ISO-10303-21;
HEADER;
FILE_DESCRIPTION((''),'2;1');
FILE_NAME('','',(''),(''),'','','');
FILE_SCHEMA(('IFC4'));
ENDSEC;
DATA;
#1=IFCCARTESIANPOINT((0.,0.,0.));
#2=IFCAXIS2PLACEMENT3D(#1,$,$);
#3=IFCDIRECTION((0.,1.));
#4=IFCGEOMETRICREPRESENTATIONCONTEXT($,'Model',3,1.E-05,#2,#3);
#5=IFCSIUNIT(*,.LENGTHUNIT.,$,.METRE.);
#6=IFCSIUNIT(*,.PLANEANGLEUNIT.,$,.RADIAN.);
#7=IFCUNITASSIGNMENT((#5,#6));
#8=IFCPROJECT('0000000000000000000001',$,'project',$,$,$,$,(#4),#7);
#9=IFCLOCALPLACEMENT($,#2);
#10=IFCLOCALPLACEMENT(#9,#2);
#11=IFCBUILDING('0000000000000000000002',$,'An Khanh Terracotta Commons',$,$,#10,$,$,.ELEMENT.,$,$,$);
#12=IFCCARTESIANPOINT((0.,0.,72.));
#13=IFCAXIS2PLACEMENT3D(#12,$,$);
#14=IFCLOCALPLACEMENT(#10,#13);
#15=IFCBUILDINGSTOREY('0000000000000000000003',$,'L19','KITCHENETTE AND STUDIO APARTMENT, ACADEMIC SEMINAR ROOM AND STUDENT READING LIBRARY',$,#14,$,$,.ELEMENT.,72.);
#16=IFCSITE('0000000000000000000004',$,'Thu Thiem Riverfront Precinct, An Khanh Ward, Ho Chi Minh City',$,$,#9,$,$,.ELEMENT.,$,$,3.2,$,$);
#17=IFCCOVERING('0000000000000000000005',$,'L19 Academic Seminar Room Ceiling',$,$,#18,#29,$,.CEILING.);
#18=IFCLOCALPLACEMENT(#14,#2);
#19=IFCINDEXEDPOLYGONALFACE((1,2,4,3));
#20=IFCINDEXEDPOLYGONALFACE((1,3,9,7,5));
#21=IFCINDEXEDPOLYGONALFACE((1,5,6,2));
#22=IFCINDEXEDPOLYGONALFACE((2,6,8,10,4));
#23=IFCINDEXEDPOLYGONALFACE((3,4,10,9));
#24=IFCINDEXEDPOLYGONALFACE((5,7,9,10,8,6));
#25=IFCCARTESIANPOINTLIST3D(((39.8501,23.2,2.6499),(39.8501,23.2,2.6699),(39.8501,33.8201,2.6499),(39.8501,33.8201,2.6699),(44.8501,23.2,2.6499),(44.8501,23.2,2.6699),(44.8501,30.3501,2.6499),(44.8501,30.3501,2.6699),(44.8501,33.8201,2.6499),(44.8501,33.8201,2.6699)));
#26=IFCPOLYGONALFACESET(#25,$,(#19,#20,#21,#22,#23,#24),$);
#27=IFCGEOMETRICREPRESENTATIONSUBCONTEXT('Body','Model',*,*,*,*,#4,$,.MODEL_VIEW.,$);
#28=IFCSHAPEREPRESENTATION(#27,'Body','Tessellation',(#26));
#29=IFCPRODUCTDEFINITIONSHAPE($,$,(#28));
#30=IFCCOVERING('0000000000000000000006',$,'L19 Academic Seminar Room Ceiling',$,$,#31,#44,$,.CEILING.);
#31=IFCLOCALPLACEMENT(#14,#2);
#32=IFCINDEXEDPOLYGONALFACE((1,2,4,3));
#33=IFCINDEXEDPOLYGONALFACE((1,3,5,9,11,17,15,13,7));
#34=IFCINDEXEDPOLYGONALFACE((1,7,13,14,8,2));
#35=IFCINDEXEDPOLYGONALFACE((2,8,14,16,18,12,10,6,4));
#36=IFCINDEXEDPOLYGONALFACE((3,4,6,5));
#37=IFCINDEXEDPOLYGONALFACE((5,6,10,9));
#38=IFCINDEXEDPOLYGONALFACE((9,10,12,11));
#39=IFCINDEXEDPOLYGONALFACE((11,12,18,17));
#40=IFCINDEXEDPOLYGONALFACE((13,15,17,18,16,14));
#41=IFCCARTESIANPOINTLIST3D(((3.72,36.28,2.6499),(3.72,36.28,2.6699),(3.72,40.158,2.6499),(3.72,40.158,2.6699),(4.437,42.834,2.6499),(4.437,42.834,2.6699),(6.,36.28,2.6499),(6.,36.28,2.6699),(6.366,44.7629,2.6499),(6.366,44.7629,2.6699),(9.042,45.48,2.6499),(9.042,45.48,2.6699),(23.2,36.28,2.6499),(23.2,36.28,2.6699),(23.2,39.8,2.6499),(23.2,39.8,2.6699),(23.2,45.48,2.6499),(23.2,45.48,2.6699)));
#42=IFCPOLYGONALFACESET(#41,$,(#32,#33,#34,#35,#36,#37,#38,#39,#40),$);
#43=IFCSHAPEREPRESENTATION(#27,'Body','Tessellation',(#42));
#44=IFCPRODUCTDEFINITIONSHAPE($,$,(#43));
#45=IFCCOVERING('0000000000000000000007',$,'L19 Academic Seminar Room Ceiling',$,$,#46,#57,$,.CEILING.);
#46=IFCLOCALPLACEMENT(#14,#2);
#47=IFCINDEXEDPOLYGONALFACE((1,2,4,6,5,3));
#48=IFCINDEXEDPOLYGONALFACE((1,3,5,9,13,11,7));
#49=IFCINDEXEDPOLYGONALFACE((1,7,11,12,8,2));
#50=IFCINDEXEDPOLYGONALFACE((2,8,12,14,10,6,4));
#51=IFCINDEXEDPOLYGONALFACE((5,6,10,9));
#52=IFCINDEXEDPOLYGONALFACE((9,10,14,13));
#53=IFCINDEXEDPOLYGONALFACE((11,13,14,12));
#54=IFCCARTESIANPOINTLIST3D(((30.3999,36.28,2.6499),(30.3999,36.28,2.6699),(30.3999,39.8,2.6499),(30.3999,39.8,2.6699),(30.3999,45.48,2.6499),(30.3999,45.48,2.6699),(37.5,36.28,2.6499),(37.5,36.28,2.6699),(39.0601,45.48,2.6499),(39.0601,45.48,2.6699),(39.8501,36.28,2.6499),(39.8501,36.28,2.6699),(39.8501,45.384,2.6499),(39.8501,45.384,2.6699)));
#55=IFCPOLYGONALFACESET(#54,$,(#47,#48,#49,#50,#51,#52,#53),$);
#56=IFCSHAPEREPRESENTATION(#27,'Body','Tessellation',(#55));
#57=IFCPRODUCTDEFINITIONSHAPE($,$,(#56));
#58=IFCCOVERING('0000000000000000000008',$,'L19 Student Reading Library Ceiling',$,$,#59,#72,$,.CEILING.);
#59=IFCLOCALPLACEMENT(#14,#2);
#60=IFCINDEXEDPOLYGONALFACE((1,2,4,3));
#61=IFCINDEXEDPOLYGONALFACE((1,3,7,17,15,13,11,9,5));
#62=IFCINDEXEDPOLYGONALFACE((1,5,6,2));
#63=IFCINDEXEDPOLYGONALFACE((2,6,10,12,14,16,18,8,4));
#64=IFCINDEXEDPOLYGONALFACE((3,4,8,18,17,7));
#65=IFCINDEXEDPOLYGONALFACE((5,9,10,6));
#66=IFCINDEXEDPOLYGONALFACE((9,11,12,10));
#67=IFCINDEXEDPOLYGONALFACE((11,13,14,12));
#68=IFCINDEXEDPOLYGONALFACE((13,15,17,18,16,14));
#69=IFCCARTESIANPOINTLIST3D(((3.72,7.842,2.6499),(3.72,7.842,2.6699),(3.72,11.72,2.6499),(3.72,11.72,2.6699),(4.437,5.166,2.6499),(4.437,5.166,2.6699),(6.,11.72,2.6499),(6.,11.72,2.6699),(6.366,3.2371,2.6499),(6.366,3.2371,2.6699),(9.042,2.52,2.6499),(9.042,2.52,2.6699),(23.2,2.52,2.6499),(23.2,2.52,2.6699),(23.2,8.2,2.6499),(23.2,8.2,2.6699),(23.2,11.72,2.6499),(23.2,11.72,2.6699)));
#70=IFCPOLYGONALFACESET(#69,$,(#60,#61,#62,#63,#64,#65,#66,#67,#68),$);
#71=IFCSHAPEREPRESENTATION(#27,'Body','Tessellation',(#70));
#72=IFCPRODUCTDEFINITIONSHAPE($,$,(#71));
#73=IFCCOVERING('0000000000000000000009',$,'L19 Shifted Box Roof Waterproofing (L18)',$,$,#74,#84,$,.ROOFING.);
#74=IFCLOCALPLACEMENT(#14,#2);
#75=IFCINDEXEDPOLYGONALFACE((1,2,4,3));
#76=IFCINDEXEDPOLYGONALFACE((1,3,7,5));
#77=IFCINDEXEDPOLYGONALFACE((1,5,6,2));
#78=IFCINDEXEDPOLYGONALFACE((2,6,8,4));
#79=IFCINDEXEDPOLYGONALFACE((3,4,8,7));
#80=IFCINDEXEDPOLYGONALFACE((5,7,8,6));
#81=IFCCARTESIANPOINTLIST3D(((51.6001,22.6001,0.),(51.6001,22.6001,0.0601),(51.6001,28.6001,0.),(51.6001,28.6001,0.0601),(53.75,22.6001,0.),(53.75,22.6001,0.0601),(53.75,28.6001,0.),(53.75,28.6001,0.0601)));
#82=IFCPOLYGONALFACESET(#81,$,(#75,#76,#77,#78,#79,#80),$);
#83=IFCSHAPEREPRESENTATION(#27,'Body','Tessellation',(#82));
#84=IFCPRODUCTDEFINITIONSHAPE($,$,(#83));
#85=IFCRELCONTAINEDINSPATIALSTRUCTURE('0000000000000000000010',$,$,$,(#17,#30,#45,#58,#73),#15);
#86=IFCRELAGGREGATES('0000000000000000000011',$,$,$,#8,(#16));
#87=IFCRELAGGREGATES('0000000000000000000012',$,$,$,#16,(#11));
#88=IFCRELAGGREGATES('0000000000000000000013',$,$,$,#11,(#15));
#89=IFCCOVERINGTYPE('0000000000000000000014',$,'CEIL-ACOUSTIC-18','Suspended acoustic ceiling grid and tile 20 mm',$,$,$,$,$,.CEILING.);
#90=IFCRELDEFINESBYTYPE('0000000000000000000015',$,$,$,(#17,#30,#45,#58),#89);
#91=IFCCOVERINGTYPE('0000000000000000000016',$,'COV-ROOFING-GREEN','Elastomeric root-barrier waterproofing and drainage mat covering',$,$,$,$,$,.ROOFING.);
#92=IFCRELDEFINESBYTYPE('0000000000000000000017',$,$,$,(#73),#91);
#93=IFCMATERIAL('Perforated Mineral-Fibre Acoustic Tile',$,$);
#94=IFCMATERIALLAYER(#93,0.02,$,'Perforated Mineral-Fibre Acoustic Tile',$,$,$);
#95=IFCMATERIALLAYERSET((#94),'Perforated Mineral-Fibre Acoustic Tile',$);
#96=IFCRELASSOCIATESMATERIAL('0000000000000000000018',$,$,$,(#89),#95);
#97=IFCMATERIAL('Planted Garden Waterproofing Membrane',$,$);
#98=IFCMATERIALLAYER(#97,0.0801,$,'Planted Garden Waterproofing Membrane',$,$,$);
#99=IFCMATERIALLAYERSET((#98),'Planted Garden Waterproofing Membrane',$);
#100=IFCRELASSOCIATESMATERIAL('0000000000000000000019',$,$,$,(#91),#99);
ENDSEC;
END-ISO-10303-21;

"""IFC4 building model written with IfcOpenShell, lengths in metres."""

from ifc_helpers import new_model, si_unit, direction, frame, origin, place, context, subcontext, project, spatial, polyline, outline, extrude, material, layer, layer_set, type_object, element, save


model = new_model("IFC4")

# Units and contexts
model_context = context("Model", 3, precision=1e-05, world=origin(), true_north=direction((0.0, 1.0)))
body_context = subcontext(model_context, "Body", "Model", "MODEL_VIEW")
ifc_project = project(units=[si_unit("LENGTHUNIT", "METRE"), si_unit("PLANEANGLEUNIT", "RADIAN")], contexts=[model_context])

# Site, building, storey
site_placement = place(None, origin())
site = spatial("IfcSite", under=ifc_project, at=site_placement, Name="Thu Thiem Riverfront Precinct, An Khanh Ward, Ho Chi Minh City", CompositionType="ELEMENT", RefElevation=3.2)
building_placement = place(site_placement, origin())
building = spatial("IfcBuilding", under=site, at=building_placement, Name="An Khanh Terracotta Commons", CompositionType="ELEMENT")
storey_placement = place(building_placement, frame((0.0, 0.0, 72.0)))
storey = spatial("IfcBuildingStorey", under=building, at=storey_placement, Name="L19", Description="KITCHENETTE AND STUDIO APARTMENT, ACADEMIC SEMINAR ROOM AND STUDENT READING LIBRARY", CompositionType="ELEMENT", Elevation=72.0)

# Coverings
ifc_material_1 = material(Name="Perforated Mineral-Fibre Acoustic Tile")
ifc_layer_1 = layer(ifc_material_1, 0.02, Name="Perforated Mineral-Fibre Acoustic Tile")
ifc_layer_set_1 = layer_set([ifc_layer_1], Name="Perforated Mineral-Fibre Acoustic Tile")
covering_type_1 = type_object("IfcCoveringType", Name="CEIL-ACOUSTIC-18", Description="Suspended acoustic ceiling grid and tile 20 mm", PredefinedType="CEILING", material=ifc_layer_set_1)
covering_1_placement = place(storey_placement, frame((0.0, 0.0, 2.6499)))
element("IfcCovering", 1, at=covering_1_placement, inside=storey, type_object=covering_type_1, Name="L19 Academic Seminar Room Ceiling", PredefinedType="CEILING", context=body_context, shape_type="SweptSolid", body=[
    extrude(outline(polyline([(39.8501, 33.8201), (44.8501, 33.8201), (44.8501, 30.3501), (44.8501, 23.2), (39.8501, 23.2), (39.8501, 33.8201)])), origin(), (0.0, 0.0, 1.0), 0.02),
])
covering_2_placement = place(storey_placement, frame((0.0, 0.0, 2.6499)))
element("IfcCovering", 2, at=covering_2_placement, inside=storey, type_object=covering_type_1, Name="L19 Academic Seminar Room Ceiling", PredefinedType="CEILING", context=body_context, shape_type="SweptSolid", body=[
    extrude(outline(polyline([(9.042, 45.48), (23.2, 45.48), (23.2, 39.8), (23.2, 36.28), (6.0, 36.28), (3.72, 36.28), (3.72, 40.158), (4.437, 42.834), (6.366, 44.7629), (9.042, 45.48)])), origin(), (0.0, 0.0, 1.0), 0.02),
])
covering_3_placement = place(storey_placement, frame((0.0, 0.0, 2.6499)))
element("IfcCovering", 3, at=covering_3_placement, inside=storey, type_object=covering_type_1, Name="L19 Academic Seminar Room Ceiling", PredefinedType="CEILING", context=body_context, shape_type="SweptSolid", body=[
    extrude(outline(polyline([(39.0601, 45.48), (39.8501, 45.384), (39.8501, 36.28), (37.5, 36.28), (30.3999, 36.28), (30.3999, 39.8), (30.3999, 45.48), (39.0601, 45.48)])), origin(), (0.0, 0.0, 1.0), 0.02),
])
covering_4_placement = place(storey_placement, frame((0.0, 0.0, 2.6499)))
element("IfcCovering", 4, at=covering_4_placement, inside=storey, type_object=covering_type_1, Name="L19 Student Reading Library Ceiling", PredefinedType="CEILING", context=body_context, shape_type="SweptSolid", body=[
    extrude(outline(polyline([(9.042, 2.52), (6.366, 3.2371), (4.437, 5.166), (3.72, 7.842), (3.72, 11.72), (6.0, 11.72), (23.2, 11.72), (23.2, 8.2), (23.2, 2.52), (9.042, 2.52)])), origin(), (0.0, 0.0, 1.0), 0.02),
])
ifc_material_2 = material(Name="Planted Garden Waterproofing Membrane")
ifc_layer_2 = layer(ifc_material_2, 0.0801, Name="Planted Garden Waterproofing Membrane")
ifc_layer_set_2 = layer_set([ifc_layer_2], Name="Planted Garden Waterproofing Membrane")
covering_type_2 = type_object("IfcCoveringType", Name="COV-ROOFING-GREEN", Description="Elastomeric root-barrier waterproofing and drainage mat covering", PredefinedType="ROOFING", material=ifc_layer_set_2)
covering_5_placement = place(storey_placement, origin())
element("IfcCovering", 5, at=covering_5_placement, inside=storey, type_object=covering_type_2, Name="L19 Shifted Box Roof Waterproofing (L18)", PredefinedType="ROOFING", context=body_context, shape_type="SweptSolid", body=[
    extrude(outline(polyline([(51.6001, 22.6001), (53.75, 22.6001), (53.75, 28.6001), (51.6001, 28.6001), (51.6001, 22.6001)])), origin(), (0.0, 0.0, 1.0), 0.0601),
])

save(model, "model.ifc")
